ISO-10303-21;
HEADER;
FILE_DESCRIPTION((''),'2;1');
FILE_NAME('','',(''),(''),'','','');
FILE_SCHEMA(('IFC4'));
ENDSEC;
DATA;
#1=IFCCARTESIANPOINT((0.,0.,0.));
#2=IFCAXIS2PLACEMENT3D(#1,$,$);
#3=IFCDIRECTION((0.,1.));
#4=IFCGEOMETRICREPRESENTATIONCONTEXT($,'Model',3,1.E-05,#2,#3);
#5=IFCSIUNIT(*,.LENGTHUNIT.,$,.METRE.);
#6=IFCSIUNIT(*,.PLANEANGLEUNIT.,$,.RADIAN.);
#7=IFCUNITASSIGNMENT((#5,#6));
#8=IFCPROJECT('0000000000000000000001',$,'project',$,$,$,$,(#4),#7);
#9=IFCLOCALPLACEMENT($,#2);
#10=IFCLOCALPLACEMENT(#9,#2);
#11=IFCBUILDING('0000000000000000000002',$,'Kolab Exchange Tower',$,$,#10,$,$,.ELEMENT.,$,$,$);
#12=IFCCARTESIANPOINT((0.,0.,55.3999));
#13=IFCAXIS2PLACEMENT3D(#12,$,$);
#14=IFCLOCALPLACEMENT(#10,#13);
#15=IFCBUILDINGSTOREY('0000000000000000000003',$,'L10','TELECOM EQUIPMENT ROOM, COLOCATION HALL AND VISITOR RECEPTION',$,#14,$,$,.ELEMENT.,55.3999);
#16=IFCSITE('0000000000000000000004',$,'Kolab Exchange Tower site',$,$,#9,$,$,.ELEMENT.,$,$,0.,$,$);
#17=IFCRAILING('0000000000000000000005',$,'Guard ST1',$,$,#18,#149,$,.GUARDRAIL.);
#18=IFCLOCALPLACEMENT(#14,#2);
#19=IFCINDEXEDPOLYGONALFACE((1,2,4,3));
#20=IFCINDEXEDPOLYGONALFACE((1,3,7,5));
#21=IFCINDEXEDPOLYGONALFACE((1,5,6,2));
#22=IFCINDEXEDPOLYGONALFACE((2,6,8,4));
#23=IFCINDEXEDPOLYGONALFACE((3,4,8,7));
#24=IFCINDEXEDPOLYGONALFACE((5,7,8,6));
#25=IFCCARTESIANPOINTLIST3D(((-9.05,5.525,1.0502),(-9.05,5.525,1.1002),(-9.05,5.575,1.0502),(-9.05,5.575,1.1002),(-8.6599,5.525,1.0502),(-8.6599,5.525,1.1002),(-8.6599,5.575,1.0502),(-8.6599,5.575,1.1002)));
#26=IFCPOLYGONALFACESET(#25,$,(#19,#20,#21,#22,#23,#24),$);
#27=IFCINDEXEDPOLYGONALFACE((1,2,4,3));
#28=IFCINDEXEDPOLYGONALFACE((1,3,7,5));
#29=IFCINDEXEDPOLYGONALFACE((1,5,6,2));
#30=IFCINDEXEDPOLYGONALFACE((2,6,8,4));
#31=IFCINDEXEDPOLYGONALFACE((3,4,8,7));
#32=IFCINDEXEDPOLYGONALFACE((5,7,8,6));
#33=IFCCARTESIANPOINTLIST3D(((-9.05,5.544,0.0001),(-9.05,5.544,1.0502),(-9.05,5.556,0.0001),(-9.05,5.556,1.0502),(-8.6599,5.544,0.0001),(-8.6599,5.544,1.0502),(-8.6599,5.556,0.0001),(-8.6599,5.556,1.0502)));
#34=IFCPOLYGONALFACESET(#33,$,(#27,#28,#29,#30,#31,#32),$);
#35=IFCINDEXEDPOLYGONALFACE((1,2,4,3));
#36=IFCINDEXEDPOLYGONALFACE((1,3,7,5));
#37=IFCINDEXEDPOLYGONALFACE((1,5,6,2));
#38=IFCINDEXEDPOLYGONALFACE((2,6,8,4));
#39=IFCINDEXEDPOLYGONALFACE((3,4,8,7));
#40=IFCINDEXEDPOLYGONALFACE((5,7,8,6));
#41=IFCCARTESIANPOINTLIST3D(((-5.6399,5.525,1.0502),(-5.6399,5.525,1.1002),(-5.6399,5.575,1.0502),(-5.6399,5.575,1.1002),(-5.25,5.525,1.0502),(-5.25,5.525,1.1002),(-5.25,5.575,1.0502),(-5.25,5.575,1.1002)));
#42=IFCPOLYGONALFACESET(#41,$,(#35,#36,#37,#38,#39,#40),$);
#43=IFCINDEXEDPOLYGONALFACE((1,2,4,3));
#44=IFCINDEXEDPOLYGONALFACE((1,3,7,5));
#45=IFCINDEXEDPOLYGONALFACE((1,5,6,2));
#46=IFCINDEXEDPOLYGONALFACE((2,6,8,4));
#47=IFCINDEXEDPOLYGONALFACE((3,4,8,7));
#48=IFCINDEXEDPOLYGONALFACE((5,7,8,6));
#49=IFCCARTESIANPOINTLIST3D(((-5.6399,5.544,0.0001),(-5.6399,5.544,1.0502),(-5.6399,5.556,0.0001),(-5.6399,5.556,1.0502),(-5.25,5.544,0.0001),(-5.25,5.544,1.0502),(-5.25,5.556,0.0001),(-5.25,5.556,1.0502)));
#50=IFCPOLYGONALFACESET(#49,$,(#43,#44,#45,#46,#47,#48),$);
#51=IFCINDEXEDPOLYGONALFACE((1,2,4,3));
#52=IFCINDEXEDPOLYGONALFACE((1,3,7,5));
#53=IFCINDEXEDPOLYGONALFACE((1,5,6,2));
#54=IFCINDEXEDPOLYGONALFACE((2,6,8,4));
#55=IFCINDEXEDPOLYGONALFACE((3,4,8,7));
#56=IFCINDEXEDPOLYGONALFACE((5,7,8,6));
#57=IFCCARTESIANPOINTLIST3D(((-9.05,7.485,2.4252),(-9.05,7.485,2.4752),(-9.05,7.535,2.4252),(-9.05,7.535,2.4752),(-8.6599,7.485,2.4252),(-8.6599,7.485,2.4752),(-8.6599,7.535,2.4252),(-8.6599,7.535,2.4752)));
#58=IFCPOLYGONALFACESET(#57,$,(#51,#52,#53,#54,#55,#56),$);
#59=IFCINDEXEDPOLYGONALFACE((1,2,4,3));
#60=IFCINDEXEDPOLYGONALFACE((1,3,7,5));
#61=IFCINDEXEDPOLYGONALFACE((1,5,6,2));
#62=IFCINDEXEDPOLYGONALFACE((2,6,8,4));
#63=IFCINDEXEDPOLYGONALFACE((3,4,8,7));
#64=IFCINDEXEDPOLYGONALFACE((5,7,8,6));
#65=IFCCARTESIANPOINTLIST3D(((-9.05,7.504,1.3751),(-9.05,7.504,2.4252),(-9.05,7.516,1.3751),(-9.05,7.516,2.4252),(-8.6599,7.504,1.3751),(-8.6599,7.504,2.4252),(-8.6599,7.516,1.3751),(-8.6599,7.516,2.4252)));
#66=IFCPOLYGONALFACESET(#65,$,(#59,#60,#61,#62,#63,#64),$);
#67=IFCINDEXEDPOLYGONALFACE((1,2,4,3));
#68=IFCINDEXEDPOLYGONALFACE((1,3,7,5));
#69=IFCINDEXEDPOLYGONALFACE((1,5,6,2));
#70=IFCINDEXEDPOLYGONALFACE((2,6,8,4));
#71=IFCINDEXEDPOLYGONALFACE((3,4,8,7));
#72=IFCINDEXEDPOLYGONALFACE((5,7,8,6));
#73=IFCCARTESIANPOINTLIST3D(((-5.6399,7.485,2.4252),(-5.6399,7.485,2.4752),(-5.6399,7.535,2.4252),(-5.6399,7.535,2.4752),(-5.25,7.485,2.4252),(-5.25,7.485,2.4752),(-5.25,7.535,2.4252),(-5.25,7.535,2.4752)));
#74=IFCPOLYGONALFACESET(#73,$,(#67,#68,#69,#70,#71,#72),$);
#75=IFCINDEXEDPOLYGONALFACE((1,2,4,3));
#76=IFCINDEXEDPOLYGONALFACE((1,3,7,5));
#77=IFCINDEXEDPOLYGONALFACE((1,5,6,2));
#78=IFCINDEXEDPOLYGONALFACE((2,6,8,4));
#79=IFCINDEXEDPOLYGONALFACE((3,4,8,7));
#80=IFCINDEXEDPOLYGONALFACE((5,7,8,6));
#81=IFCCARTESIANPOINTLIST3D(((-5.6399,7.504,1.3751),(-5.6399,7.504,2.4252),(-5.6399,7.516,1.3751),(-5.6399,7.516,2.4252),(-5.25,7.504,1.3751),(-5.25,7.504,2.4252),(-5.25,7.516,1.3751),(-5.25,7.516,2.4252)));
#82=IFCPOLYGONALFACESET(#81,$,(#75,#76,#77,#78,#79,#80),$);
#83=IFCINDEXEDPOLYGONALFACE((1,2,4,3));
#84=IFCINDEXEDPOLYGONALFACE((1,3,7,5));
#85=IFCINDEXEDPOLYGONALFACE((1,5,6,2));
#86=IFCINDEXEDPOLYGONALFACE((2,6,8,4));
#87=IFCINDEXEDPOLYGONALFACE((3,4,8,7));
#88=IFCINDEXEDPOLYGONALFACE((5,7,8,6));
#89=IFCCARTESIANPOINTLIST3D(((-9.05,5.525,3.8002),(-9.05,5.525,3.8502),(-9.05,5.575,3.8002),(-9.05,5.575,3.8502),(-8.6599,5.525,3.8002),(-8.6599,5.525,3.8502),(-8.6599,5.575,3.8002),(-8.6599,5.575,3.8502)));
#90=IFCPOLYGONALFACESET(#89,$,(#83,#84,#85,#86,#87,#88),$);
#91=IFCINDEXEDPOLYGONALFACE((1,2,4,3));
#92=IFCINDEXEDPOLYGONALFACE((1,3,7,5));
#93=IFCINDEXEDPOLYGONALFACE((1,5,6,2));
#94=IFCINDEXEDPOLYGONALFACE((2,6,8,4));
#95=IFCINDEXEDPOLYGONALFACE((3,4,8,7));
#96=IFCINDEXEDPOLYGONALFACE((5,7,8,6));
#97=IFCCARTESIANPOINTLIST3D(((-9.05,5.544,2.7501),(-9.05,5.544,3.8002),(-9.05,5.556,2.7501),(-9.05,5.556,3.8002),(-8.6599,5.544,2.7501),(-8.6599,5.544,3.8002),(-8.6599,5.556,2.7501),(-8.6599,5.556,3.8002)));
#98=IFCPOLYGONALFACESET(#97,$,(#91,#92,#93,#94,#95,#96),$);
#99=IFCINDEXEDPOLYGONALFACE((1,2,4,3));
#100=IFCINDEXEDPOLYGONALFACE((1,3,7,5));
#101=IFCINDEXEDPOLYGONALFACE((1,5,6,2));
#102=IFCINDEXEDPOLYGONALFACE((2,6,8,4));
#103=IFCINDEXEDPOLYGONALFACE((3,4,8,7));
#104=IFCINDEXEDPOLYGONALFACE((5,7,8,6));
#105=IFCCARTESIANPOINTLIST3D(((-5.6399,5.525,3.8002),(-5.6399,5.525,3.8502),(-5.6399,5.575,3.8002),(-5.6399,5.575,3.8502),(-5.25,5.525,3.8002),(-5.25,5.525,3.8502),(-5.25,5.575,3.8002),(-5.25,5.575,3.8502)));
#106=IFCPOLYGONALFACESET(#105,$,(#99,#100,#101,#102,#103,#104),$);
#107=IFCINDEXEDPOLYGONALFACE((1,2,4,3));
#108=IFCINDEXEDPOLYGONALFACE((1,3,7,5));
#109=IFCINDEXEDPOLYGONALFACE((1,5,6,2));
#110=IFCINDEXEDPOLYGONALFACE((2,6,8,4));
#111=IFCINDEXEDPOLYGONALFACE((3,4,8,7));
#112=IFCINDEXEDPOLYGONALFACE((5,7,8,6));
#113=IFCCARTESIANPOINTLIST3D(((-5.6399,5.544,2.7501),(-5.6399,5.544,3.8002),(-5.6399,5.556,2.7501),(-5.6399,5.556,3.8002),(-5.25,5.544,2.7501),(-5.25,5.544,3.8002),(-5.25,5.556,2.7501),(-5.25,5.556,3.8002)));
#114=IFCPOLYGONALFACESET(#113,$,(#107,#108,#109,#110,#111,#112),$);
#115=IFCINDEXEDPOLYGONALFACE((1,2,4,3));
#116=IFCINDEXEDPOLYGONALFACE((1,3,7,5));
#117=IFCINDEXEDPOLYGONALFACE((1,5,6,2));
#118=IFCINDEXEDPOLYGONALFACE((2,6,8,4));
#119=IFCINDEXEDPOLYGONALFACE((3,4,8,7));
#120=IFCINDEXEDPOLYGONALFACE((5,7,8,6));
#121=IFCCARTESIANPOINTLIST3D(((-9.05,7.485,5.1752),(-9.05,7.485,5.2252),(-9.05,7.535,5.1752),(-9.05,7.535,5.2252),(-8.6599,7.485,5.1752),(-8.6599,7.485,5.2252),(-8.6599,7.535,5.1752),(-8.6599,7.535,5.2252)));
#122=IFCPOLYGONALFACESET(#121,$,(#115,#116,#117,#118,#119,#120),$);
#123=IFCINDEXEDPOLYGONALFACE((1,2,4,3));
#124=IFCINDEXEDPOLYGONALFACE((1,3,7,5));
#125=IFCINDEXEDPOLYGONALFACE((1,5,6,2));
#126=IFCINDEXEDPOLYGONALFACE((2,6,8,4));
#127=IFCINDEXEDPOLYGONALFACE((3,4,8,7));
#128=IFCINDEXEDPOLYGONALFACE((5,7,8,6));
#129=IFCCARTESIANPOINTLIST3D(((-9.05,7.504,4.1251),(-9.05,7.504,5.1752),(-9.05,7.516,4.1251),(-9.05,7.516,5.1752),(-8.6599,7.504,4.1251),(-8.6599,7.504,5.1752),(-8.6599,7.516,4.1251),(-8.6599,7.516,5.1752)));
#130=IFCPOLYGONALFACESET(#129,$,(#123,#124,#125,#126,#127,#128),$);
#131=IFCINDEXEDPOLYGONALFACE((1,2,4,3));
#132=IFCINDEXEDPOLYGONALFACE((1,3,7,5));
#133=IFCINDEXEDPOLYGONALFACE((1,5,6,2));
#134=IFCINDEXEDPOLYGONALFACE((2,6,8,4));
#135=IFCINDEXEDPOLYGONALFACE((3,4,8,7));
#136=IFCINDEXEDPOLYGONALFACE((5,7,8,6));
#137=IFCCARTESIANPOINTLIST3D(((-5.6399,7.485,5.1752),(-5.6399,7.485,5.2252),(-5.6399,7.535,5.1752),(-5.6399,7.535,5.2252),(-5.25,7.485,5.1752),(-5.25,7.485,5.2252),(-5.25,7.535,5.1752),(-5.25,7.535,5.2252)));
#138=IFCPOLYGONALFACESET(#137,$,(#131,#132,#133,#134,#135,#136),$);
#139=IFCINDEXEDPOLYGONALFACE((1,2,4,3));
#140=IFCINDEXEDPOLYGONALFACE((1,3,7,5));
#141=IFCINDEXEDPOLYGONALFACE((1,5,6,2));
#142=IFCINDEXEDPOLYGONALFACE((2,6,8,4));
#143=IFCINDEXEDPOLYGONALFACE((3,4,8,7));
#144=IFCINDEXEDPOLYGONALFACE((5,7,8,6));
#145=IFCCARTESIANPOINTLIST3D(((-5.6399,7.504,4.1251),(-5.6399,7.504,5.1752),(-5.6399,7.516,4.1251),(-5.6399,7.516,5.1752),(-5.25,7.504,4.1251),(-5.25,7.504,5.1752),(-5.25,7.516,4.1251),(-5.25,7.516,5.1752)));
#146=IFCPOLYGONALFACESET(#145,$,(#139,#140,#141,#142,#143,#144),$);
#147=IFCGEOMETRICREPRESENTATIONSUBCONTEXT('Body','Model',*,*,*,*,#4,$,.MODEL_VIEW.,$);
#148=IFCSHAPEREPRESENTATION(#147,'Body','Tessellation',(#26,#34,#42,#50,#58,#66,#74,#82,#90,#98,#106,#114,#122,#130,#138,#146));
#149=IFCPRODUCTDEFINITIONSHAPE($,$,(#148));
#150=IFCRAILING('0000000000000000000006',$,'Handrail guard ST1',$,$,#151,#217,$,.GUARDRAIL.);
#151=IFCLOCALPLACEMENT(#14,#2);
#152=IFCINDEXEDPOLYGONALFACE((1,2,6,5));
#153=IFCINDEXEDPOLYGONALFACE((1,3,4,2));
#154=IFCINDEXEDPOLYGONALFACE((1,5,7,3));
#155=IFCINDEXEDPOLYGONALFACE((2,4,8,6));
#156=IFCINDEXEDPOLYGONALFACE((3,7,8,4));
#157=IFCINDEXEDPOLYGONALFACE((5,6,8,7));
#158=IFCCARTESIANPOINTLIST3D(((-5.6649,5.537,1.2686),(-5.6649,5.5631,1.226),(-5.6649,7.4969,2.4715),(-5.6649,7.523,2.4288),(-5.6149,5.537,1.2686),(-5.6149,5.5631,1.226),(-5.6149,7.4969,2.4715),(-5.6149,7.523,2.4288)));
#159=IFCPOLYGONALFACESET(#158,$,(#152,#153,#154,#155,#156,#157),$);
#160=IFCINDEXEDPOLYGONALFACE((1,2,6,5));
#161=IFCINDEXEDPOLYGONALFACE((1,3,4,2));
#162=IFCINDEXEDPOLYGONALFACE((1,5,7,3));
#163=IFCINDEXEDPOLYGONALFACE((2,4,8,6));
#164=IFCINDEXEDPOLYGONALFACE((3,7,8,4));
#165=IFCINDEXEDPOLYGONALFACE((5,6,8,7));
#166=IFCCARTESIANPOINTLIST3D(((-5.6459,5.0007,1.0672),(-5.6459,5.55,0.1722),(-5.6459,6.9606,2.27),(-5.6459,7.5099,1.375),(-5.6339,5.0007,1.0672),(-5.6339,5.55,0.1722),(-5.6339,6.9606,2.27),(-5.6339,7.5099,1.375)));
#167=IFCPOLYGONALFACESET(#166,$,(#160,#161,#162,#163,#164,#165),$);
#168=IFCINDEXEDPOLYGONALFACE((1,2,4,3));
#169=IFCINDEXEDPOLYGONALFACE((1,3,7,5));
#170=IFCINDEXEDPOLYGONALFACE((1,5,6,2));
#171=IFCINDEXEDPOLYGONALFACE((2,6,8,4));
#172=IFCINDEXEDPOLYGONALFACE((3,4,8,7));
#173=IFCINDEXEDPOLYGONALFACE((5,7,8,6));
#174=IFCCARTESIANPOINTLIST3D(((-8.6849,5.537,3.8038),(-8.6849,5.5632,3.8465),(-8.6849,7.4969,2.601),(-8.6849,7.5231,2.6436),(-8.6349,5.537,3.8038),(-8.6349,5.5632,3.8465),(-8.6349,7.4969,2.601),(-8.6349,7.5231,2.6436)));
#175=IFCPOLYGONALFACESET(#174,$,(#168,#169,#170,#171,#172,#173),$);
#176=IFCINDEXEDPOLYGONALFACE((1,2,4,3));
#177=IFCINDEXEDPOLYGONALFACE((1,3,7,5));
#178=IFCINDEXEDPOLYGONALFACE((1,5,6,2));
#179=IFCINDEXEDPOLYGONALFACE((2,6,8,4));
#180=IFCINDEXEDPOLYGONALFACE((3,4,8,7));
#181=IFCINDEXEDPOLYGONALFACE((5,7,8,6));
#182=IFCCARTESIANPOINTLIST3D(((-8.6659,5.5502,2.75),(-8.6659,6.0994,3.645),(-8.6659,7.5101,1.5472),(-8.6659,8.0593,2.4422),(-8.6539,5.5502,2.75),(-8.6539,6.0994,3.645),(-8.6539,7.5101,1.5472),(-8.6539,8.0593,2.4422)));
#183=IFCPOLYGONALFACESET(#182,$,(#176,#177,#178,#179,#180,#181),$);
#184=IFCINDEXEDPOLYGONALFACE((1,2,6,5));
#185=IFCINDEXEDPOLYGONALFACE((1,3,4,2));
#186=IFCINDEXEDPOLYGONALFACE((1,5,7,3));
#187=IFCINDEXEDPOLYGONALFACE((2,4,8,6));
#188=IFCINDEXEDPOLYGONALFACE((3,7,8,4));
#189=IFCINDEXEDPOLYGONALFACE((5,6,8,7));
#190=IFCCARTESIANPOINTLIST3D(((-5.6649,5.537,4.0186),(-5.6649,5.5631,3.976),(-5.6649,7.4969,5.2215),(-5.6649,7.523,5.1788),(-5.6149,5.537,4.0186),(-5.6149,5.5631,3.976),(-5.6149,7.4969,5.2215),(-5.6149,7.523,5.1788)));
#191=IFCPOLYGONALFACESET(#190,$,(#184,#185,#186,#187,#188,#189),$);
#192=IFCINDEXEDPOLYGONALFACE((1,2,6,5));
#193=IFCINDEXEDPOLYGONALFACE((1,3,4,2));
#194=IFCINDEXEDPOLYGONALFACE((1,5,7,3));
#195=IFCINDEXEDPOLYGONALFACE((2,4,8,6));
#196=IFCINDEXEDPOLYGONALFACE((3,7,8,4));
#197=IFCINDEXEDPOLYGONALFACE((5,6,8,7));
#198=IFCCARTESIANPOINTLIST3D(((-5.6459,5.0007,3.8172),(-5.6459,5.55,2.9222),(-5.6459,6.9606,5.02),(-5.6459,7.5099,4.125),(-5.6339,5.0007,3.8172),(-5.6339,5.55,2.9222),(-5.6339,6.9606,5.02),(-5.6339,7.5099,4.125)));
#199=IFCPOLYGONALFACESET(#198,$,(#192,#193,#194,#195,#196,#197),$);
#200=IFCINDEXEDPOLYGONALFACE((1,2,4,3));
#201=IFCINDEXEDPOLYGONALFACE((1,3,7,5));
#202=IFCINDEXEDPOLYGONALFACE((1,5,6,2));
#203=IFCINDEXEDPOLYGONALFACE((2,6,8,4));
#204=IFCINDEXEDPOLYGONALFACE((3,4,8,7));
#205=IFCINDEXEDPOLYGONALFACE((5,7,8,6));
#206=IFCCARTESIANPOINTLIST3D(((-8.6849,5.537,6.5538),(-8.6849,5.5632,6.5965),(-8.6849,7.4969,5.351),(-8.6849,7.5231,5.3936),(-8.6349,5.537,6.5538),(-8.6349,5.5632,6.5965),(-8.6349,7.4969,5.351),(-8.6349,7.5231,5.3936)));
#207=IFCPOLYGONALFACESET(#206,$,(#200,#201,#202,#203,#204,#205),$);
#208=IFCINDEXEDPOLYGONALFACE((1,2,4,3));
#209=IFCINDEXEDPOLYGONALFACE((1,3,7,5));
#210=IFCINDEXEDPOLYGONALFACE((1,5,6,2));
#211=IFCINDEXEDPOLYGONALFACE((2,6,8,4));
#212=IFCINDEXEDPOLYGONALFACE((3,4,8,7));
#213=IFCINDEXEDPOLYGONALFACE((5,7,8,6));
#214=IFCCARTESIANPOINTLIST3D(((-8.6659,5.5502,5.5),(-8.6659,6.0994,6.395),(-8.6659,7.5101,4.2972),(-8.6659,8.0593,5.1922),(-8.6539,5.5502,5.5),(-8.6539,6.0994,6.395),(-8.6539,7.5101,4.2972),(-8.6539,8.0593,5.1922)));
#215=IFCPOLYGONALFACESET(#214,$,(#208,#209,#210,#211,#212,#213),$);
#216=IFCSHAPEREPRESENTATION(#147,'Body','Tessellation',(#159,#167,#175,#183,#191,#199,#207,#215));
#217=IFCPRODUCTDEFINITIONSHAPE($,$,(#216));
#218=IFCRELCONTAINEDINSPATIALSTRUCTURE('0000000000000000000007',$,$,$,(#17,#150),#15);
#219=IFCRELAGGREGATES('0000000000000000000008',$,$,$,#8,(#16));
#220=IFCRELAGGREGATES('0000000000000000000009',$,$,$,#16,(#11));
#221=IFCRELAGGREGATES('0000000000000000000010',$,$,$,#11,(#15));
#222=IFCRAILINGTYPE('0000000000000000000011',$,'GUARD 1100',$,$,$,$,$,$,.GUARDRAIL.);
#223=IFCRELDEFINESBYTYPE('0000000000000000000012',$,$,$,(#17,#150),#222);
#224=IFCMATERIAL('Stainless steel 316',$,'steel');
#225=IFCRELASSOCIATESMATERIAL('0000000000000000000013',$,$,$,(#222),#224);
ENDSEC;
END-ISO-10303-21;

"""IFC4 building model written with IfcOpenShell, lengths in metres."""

from ifc_helpers import new_model, si_unit, direction, frame, frame_2d, origin, origin_2d, place, context, subcontext, project, spatial, rectangle, extrude, material, type_object, element, save


model = new_model("IFC4")

# Units and contexts
model_context = context("Model", 3, precision=1e-05, world=origin(), true_north=direction((0.0, 1.0)))
body_context = subcontext(model_context, "Body", "Model", "MODEL_VIEW")
ifc_project = project(units=[si_unit("LENGTHUNIT", "METRE"), si_unit("PLANEANGLEUNIT", "RADIAN")], contexts=[model_context])

# Site, building, storey
site_placement = place(None, origin())
site = spatial("IfcSite", under=ifc_project, at=site_placement, Name="Kolab Exchange Tower site", CompositionType="ELEMENT", RefElevation=0.0)
building_placement = place(site_placement, origin())
building = spatial("IfcBuilding", under=site, at=building_placement, Name="Kolab Exchange Tower", CompositionType="ELEMENT")
storey_placement = place(building_placement, frame((0.0, 0.0, 55.3999)))
storey = spatial("IfcBuildingStorey", under=building, at=storey_placement, Name="L10", Description="TELECOM EQUIPMENT ROOM, COLOCATION HALL AND VISITOR RECEPTION", CompositionType="ELEMENT", Elevation=55.3999)

# Railings
ifc_material_1 = material(Name="Stainless steel 316", Category="steel")
railing_type = type_object("IfcRailingType", Name="GUARD 1100", PredefinedType="GUARDRAIL", material=ifc_material_1)
railing_1_placement = place(storey_placement, frame((-9.05, 5.55, 0.0)))
element("IfcRailing", 1, at=railing_1_placement, inside=storey, type_object=railing_type, Name="Guard ST1", PredefinedType="GUARDRAIL", context=body_context, shape_type="SweptSolid", body=[
    extrude(rectangle(XDim=0.05, YDim=0.05, at=origin_2d()), frame((0.0, 0.0, 1.0752), z_axis=(1.0, 0.0, 0.0), x_axis=(0.0, 1.0, 0.0)), (0.0, 0.0, 1.0), 0.3901),
    extrude(rectangle(XDim=0.012, YDim=1.0501, at=frame_2d((0.0, 0.5251))), frame((0.0, 0.0, 0.0), z_axis=(1.0, 0.0, 0.0), x_axis=(0.0, 1.0, 0.0)), (0.0, 0.0, 1.0), 0.3901),
    extrude(rectangle(XDim=0.05, YDim=0.05, at=origin_2d()), frame((3.4102, 0.0, 1.0752), z_axis=(1.0, 0.0, 0.0), x_axis=(0.0, 1.0, 0.0)), (0.0, 0.0, 1.0), 0.3899),
    extrude(rectangle(XDim=0.012, YDim=1.0501, at=frame_2d((0.0, 0.5251))), frame((3.4102, 0.0, 0.0), z_axis=(1.0, 0.0, 0.0), x_axis=(0.0, 1.0, 0.0)), (0.0, 0.0, 1.0), 0.3899),
    extrude(rectangle(XDim=0.05, YDim=0.05, at=origin_2d()), frame((0.0, 1.96, 2.4502), z_axis=(1.0, 0.0, 0.0), x_axis=(0.0, 1.0, 0.0)), (0.0, 0.0, 1.0), 0.3901),
    extrude(rectangle(XDim=0.012, YDim=1.0501, at=frame_2d((0.0, 0.5251))), frame((0.0, 1.96, 1.375), z_axis=(1.0, 0.0, 0.0), x_axis=(0.0, 1.0, 0.0)), (0.0, 0.0, 1.0), 0.3901),
    extrude(rectangle(XDim=0.05, YDim=0.05, at=origin_2d()), frame((3.4102, 1.96, 2.4502), z_axis=(1.0, 0.0, 0.0), x_axis=(0.0, 1.0, 0.0)), (0.0, 0.0, 1.0), 0.3899),
    extrude(rectangle(XDim=0.012, YDim=1.0501, at=frame_2d((0.0, 0.5251))), frame((3.4102, 1.96, 1.375), z_axis=(1.0, 0.0, 0.0), x_axis=(0.0, 1.0, 0.0)), (0.0, 0.0, 1.0), 0.3899),
    extrude(rectangle(XDim=0.05, YDim=0.05, at=origin_2d()), frame((0.0, 0.0, 3.8252), z_axis=(1.0, 0.0, 0.0), x_axis=(0.0, 1.0, 0.0)), (0.0, 0.0, 1.0), 0.3901),
    extrude(rectangle(XDim=0.012, YDim=1.0501, at=frame_2d((0.0, 0.5251))), frame((0.0, 0.0, 2.75), z_axis=(1.0, 0.0, 0.0), x_axis=(0.0, 1.0, 0.0)), (0.0, 0.0, 1.0), 0.3901),
    extrude(rectangle(XDim=0.05, YDim=0.05, at=origin_2d()), frame((3.4102, 0.0, 3.8252), z_axis=(1.0, 0.0, 0.0), x_axis=(0.0, 1.0, 0.0)), (0.0, 0.0, 1.0), 0.3899),
    extrude(rectangle(XDim=0.012, YDim=1.0501, at=frame_2d((0.0, 0.5251))), frame((3.4102, 0.0, 2.75), z_axis=(1.0, 0.0, 0.0), x_axis=(0.0, 1.0, 0.0)), (0.0, 0.0, 1.0), 0.3899),
    extrude(rectangle(XDim=0.05, YDim=0.05, at=origin_2d()), frame((0.0, 1.96, 5.2002), z_axis=(1.0, 0.0, 0.0), x_axis=(0.0, 1.0, 0.0)), (0.0, 0.0, 1.0), 0.3901),
    extrude(rectangle(XDim=0.012, YDim=1.0501, at=frame_2d((0.0, 0.5251))), frame((0.0, 1.96, 4.125), z_axis=(1.0, 0.0, 0.0), x_axis=(0.0, 1.0, 0.0)), (0.0, 0.0, 1.0), 0.3901),
    extrude(rectangle(XDim=0.05, YDim=0.05, at=origin_2d()), frame((3.4102, 1.96, 5.2002), z_axis=(1.0, 0.0, 0.0), x_axis=(0.0, 1.0, 0.0)), (0.0, 0.0, 1.0), 0.3899),
    extrude(rectangle(XDim=0.012, YDim=1.0501, at=frame_2d((0.0, 0.5251))), frame((3.4102, 1.96, 4.125), z_axis=(1.0, 0.0, 0.0), x_axis=(0.0, 1.0, 0.0)), (0.0, 0.0, 1.0), 0.3899),
])
railing_2_placement = place(storey_placement, frame((-5.6399, 5.55, 0.1721)))
element("IfcRailing", 2, at=railing_2_placement, inside=storey, type_object=railing_type, Name="Handrail guard ST1", PredefinedType="GUARDRAIL", context=body_context, shape_type="SweptSolid", body=[
    extrude(rectangle(XDim=0.05, YDim=0.05, at=origin_2d()), frame((0.0, 0.0, 1.0752), z_axis=(0.0, 0.852288, 0.523072), x_axis=(-1.0, 0.0, 0.0)), (0.0, 0.0, 1.0), 2.2996),
    extrude(rectangle(XDim=0.012, YDim=1.0501, at=frame_2d((0.0, 0.5251))), frame((0.0, 0.0, 0.0), z_axis=(0.0, 0.852288, 0.523072), x_axis=(-1.0, 0.0, 0.0)), (0.0, 0.0, 1.0), 2.2996),
    extrude(rectangle(XDim=0.05, YDim=0.05, at=origin_2d()), frame((-3.02, 1.96, 2.4502), z_axis=(0.0, -0.852288, 0.523072), x_axis=(1.0, 0.0, 0.0)), (0.0, 0.0, 1.0), 2.2996),
    extrude(rectangle(XDim=0.012, YDim=1.0501, at=frame_2d((0.0, 0.5251))), frame((-3.02, 1.96, 1.375), z_axis=(0.0, -0.852288, 0.523072), x_axis=(1.0, 0.0, 0.0)), (0.0, 0.0, 1.0), 2.2996),
    extrude(rectangle(XDim=0.05, YDim=0.05, at=origin_2d()), frame((0.0, 0.0, 3.8252), z_axis=(0.0, 0.852288, 0.523072), x_axis=(-1.0, 0.0, 0.0)), (0.0, 0.0, 1.0), 2.2996),
    extrude(rectangle(XDim=0.012, YDim=1.0501, at=frame_2d((0.0, 0.5251))), frame((0.0, 0.0, 2.75), z_axis=(0.0, 0.852288, 0.523072), x_axis=(-1.0, 0.0, 0.0)), (0.0, 0.0, 1.0), 2.2996),
    extrude(rectangle(XDim=0.05, YDim=0.05, at=origin_2d()), frame((-3.02, 1.96, 5.2002), z_axis=(0.0, -0.852288, 0.523072), x_axis=(1.0, 0.0, 0.0)), (0.0, 0.0, 1.0), 2.2996),
    extrude(rectangle(XDim=0.012, YDim=1.0501, at=frame_2d((0.0, 0.5251))), frame((-3.02, 1.96, 4.125), z_axis=(0.0, -0.852288, 0.523072), x_axis=(1.0, 0.0, 0.0)), (0.0, 0.0, 1.0), 2.2996),
])

save(model, "model.ifc")
